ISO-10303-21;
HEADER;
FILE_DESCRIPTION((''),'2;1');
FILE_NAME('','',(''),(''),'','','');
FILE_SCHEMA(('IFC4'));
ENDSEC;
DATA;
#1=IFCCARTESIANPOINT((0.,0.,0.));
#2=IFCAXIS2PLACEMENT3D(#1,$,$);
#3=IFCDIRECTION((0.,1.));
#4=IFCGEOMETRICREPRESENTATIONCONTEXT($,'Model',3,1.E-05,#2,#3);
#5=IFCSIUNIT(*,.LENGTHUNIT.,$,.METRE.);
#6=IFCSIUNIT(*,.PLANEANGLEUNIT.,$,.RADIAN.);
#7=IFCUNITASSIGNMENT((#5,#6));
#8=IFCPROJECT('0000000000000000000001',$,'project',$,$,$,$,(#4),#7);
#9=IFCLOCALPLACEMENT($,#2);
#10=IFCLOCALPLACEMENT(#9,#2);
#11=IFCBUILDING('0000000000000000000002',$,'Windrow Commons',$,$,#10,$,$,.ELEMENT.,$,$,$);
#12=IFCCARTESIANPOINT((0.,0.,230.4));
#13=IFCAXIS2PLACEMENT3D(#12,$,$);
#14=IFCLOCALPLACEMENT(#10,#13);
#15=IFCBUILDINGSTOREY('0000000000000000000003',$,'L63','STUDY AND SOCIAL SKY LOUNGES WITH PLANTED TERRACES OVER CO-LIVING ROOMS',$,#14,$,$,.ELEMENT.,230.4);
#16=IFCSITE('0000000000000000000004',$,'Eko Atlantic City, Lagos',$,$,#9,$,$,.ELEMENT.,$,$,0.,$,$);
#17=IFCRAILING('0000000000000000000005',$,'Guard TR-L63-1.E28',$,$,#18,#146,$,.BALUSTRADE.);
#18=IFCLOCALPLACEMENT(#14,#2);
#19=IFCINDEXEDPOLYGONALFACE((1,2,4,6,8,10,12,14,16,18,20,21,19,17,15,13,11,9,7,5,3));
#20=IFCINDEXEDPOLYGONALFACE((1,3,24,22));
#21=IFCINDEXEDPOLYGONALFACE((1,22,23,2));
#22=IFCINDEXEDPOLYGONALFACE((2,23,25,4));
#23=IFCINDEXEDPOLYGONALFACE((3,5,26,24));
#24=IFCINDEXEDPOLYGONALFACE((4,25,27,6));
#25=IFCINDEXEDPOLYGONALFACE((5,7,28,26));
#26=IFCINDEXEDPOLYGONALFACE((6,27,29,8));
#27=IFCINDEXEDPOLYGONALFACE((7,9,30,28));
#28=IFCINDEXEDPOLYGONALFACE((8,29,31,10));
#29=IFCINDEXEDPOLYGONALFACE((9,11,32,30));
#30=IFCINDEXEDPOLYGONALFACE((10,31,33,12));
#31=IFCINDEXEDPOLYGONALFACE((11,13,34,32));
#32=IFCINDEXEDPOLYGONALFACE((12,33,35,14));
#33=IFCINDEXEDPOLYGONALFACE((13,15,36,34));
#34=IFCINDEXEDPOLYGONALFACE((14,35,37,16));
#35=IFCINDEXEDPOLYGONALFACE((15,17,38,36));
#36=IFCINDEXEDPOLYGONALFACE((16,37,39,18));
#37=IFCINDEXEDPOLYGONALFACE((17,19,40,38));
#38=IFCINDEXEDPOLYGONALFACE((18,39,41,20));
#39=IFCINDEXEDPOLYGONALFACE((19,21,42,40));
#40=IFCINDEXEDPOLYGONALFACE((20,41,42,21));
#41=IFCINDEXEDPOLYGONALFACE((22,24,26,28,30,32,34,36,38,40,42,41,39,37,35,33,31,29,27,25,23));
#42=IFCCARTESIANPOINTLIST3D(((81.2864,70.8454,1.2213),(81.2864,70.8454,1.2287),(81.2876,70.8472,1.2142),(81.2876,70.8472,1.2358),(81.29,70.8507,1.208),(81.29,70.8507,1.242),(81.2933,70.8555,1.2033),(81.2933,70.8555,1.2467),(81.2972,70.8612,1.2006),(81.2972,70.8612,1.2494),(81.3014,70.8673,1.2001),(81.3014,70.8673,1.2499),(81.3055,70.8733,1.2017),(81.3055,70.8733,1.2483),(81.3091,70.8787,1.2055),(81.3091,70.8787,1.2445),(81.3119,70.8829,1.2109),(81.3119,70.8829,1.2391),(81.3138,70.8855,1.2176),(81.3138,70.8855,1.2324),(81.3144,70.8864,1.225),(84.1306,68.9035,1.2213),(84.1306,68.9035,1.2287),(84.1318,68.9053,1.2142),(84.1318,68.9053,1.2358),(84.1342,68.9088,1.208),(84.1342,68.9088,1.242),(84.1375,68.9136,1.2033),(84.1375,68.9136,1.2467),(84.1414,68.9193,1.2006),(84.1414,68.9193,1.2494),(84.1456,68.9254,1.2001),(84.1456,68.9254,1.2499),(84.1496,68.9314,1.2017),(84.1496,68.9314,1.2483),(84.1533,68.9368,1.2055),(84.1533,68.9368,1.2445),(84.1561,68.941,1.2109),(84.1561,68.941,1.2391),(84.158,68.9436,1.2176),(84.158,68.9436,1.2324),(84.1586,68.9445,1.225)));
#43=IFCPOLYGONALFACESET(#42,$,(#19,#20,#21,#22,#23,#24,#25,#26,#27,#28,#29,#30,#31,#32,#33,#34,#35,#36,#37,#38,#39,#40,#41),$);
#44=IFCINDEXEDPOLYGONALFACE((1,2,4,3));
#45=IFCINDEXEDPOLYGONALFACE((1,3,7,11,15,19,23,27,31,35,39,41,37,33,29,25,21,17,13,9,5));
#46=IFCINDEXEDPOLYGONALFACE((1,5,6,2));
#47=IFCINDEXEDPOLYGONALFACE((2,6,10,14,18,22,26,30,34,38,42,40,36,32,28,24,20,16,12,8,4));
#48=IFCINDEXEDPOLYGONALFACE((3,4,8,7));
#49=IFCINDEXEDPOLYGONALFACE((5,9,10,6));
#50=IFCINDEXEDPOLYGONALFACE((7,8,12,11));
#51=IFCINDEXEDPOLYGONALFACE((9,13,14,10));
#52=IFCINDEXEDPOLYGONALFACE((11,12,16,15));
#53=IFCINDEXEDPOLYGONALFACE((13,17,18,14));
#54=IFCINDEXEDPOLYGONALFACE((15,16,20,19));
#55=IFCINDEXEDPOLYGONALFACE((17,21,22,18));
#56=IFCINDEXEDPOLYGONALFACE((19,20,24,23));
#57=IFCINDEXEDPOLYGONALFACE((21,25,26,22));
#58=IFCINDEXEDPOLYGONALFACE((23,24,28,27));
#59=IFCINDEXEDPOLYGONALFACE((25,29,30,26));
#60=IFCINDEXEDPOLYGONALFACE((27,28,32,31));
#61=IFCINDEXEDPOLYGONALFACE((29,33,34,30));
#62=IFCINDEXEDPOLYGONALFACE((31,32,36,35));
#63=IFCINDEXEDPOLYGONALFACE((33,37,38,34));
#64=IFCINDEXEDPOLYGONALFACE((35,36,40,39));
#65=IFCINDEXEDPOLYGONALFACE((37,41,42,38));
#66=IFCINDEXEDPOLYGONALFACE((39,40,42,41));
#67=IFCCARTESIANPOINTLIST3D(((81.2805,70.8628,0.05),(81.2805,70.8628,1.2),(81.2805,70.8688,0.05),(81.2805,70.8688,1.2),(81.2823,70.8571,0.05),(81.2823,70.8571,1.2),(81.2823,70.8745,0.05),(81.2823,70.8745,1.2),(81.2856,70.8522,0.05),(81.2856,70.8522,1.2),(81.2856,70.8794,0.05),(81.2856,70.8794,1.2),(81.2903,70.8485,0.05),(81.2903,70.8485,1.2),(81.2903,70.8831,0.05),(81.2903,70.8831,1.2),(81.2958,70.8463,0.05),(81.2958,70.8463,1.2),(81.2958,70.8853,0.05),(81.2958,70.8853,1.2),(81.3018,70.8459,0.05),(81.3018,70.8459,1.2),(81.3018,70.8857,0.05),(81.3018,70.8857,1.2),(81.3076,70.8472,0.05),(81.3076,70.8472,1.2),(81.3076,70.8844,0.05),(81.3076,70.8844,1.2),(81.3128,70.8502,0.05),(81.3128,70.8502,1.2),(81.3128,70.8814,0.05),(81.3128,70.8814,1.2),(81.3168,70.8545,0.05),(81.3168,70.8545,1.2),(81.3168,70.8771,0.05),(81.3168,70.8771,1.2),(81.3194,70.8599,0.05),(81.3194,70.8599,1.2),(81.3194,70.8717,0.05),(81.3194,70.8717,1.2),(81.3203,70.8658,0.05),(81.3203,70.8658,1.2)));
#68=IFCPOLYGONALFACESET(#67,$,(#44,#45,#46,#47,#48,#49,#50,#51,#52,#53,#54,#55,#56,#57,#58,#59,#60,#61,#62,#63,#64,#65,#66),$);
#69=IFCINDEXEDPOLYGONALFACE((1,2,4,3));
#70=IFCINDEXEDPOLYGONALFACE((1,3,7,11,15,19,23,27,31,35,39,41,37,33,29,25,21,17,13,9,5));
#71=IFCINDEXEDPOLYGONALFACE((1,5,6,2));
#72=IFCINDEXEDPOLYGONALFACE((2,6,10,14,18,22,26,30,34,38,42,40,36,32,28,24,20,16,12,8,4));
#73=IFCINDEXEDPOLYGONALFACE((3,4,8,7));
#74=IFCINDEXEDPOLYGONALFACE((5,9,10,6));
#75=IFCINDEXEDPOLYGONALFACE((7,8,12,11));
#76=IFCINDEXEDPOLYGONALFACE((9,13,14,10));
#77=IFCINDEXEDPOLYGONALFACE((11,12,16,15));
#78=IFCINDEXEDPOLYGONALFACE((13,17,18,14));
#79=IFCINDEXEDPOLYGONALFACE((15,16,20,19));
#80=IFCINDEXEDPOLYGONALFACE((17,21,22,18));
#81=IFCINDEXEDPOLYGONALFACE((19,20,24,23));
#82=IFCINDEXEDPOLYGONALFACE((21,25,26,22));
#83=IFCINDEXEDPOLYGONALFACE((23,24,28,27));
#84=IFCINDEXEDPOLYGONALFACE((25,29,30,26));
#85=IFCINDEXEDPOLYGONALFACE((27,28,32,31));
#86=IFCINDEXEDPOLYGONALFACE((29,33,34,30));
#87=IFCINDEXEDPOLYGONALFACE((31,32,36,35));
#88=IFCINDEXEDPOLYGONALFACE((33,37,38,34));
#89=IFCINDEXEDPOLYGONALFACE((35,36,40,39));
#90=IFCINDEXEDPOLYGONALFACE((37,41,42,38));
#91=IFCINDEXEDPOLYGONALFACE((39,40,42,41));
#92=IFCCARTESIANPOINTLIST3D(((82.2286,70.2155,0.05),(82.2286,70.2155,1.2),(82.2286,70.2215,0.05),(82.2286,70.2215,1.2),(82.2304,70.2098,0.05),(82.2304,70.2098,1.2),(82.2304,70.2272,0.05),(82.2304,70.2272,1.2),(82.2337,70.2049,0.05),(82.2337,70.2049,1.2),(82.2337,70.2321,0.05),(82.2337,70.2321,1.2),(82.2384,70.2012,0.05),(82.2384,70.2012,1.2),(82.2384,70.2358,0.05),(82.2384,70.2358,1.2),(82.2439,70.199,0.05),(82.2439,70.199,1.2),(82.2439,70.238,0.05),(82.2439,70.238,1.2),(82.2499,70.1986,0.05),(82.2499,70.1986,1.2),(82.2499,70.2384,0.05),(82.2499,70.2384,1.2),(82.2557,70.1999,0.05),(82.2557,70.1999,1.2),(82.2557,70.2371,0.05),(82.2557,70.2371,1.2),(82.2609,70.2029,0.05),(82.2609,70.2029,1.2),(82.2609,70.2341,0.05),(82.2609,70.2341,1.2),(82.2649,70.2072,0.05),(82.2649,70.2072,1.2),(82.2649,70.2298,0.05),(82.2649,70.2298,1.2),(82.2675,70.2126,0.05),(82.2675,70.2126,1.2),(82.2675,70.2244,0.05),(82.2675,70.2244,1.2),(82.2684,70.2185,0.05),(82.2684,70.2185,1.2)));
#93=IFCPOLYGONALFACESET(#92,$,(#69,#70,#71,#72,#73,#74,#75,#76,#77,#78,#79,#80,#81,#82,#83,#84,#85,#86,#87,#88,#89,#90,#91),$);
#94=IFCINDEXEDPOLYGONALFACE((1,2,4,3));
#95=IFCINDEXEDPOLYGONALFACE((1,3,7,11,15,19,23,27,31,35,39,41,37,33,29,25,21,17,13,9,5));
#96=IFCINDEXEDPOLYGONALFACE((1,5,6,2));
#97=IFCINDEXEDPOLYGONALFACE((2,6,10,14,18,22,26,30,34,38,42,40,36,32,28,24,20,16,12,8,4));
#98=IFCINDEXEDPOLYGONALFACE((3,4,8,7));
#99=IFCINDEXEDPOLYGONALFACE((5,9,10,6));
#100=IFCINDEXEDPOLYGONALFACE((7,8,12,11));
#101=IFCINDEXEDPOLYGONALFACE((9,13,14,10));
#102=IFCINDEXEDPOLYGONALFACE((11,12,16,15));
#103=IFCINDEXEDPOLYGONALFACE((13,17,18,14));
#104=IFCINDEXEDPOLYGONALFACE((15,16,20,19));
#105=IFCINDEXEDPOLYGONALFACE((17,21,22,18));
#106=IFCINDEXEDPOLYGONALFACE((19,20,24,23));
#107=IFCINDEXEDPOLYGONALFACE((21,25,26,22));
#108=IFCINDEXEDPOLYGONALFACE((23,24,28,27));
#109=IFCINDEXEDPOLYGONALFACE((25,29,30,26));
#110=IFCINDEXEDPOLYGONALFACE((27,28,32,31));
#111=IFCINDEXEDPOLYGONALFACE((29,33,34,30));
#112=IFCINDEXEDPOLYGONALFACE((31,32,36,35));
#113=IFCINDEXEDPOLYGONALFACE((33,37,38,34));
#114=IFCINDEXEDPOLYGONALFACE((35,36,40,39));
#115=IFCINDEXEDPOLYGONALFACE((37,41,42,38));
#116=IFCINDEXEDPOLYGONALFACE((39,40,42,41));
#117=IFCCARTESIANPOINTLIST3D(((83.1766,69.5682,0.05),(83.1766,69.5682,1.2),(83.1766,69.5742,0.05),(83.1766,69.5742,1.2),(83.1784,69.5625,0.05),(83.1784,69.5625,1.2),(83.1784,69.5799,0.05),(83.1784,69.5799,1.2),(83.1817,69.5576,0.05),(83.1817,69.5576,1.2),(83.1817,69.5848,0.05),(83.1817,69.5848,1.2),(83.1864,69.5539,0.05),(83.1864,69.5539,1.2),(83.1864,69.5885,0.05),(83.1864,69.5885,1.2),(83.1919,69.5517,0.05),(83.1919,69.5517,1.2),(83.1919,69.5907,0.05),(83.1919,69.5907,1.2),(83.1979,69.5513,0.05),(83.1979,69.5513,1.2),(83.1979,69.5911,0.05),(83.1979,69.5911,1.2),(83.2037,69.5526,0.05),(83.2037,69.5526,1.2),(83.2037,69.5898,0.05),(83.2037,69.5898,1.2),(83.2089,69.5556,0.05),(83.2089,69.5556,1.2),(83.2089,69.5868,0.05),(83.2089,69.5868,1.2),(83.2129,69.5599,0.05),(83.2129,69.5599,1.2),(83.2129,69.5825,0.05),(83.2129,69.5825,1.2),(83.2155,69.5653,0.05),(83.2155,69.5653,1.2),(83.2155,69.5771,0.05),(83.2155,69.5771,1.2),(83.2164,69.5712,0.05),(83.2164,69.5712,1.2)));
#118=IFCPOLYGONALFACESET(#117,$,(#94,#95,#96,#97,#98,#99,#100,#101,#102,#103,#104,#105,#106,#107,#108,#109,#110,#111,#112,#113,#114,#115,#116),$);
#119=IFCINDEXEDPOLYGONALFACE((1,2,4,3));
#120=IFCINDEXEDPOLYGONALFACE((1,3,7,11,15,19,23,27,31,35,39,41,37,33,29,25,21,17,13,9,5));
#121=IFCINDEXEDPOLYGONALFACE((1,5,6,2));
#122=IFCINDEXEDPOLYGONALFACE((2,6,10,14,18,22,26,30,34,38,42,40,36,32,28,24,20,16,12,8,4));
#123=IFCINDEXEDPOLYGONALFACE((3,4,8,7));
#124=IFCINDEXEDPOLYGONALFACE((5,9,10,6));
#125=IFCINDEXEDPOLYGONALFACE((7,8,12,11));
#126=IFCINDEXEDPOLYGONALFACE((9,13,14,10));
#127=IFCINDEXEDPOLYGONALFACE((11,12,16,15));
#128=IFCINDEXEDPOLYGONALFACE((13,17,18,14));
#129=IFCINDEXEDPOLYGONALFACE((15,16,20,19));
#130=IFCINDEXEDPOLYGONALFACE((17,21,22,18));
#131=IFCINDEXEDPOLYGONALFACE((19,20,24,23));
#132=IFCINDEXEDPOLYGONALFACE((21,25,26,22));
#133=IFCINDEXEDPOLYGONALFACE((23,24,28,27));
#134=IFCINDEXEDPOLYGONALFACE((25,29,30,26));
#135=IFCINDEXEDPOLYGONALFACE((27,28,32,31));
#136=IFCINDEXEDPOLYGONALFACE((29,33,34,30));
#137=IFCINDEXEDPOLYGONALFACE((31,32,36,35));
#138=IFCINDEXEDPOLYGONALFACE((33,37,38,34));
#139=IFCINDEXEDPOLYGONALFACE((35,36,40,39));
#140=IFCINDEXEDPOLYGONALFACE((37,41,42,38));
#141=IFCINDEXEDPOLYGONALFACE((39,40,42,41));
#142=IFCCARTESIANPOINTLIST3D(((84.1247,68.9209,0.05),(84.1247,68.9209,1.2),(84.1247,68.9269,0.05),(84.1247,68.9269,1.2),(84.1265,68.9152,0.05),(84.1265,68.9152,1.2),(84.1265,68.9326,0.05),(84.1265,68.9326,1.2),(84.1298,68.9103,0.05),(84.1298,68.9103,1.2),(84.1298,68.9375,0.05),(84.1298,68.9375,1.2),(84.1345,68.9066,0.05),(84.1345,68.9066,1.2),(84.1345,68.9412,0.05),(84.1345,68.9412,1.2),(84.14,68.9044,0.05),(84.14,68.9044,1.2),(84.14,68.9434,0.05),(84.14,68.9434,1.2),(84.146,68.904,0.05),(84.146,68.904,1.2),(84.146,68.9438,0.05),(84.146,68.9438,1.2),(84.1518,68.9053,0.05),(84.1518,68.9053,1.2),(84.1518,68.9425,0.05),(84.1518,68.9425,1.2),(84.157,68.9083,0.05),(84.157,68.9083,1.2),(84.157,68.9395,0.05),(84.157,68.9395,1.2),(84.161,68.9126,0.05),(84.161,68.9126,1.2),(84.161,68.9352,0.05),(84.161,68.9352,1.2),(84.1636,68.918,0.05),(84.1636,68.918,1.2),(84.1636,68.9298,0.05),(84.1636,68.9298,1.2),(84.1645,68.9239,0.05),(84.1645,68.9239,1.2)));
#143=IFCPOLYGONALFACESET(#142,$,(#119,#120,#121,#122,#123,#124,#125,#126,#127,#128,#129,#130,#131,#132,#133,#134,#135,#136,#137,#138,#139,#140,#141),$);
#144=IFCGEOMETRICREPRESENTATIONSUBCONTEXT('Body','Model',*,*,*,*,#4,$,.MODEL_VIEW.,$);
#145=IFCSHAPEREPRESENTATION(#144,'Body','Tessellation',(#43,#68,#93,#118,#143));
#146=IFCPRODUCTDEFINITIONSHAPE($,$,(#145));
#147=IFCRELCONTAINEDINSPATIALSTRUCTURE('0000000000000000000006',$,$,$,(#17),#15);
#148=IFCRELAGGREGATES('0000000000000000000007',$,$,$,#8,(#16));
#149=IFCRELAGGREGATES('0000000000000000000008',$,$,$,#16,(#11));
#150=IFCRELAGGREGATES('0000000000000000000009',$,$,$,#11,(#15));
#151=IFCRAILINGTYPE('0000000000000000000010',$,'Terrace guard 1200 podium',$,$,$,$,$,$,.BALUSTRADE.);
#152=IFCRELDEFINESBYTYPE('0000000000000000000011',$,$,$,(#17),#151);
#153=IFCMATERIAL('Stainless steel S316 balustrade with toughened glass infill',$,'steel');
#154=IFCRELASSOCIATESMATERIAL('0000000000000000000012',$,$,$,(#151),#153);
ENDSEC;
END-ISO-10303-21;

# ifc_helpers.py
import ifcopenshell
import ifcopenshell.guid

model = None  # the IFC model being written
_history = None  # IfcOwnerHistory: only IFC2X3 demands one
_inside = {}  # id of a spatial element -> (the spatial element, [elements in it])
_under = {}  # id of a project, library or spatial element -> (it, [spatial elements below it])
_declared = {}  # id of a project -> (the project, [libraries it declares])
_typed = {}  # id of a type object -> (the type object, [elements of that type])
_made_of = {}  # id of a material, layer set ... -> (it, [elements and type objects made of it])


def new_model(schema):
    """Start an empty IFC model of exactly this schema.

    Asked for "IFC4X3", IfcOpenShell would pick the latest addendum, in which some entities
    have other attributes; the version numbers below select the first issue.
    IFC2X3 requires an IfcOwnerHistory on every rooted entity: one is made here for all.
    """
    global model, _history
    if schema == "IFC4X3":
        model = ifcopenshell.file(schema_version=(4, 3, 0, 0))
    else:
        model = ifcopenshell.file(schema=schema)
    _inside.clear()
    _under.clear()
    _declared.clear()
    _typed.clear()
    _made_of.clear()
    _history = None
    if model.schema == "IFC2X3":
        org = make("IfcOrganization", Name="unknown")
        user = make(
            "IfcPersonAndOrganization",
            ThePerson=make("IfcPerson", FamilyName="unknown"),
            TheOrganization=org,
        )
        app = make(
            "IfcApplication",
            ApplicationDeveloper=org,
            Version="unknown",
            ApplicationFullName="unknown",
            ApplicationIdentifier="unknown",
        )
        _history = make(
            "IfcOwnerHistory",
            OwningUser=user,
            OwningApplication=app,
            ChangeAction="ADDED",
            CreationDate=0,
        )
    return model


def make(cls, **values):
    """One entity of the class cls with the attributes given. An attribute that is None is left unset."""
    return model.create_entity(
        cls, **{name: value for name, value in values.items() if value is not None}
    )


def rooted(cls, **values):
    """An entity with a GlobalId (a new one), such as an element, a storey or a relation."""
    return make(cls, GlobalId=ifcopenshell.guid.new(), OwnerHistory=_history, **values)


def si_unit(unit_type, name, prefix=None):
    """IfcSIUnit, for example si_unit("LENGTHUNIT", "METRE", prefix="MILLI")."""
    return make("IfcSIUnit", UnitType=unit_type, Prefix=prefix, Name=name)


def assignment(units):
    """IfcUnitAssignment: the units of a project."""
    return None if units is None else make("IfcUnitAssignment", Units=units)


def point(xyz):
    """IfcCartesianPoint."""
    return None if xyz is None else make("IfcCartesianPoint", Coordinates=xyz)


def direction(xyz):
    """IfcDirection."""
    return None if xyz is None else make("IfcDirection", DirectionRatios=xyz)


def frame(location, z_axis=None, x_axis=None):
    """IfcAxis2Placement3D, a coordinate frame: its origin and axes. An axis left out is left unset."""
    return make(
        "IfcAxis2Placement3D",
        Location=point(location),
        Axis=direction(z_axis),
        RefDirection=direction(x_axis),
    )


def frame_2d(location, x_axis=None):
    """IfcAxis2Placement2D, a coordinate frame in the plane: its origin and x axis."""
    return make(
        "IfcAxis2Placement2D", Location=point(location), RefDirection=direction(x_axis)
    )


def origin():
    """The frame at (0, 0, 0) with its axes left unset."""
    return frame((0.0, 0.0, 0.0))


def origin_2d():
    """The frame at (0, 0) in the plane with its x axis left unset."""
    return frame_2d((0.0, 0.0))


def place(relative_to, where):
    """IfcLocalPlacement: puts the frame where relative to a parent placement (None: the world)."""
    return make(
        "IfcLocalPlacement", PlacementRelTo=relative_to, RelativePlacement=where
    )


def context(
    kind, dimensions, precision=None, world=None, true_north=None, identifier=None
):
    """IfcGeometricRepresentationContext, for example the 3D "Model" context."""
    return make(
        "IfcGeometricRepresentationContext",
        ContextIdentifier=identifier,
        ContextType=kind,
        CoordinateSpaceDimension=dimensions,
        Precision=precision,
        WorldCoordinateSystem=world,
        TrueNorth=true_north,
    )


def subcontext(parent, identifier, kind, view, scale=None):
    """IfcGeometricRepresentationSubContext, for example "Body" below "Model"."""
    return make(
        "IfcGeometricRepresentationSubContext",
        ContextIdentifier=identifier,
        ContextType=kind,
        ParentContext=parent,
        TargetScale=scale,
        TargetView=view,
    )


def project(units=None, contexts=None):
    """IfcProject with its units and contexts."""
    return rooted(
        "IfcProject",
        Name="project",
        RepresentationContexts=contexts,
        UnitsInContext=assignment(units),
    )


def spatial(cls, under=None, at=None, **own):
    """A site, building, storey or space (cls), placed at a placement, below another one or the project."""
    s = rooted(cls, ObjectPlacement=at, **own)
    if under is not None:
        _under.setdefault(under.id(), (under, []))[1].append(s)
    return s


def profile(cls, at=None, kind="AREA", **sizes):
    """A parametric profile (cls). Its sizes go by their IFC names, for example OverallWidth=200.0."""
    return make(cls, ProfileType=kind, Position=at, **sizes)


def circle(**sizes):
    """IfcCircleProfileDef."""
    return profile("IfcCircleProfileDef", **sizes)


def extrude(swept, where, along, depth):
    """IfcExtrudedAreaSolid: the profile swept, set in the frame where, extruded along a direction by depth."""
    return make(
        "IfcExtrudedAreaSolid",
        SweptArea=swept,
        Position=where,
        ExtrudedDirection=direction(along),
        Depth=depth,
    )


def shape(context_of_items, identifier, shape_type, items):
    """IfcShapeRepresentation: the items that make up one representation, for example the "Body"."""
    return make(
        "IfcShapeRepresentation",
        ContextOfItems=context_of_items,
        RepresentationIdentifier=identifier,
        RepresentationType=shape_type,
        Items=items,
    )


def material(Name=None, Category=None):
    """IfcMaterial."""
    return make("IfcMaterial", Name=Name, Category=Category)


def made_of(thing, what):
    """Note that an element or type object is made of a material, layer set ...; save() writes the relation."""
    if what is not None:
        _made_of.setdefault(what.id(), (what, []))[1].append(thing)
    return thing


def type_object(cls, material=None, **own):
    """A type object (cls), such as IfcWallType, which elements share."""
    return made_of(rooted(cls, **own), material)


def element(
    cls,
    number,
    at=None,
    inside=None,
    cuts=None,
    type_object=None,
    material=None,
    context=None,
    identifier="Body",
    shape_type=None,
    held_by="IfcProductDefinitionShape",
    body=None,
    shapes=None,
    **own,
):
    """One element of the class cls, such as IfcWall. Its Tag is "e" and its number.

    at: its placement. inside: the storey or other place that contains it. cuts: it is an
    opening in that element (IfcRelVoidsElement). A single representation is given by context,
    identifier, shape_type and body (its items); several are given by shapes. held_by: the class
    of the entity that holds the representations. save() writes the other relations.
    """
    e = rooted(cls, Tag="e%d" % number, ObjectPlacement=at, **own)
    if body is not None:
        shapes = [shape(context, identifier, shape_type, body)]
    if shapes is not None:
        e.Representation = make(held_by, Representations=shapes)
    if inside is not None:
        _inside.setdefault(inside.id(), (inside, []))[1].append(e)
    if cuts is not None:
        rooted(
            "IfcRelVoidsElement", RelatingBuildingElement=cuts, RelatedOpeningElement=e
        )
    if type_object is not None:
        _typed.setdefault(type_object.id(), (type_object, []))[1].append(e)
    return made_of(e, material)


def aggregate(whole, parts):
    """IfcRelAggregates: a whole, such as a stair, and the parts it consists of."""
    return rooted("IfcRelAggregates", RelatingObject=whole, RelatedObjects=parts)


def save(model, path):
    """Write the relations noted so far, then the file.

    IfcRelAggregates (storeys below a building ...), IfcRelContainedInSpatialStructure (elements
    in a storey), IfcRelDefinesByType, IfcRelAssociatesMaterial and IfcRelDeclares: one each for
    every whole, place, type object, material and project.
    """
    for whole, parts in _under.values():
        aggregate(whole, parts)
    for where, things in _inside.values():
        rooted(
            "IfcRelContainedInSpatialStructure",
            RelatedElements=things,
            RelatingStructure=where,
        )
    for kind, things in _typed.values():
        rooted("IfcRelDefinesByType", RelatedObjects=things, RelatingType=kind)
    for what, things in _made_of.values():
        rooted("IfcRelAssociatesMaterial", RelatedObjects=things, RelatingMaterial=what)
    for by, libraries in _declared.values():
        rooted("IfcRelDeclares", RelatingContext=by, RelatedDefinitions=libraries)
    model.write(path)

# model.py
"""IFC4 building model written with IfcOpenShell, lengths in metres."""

from ifc_helpers import new_model, si_unit, direction, frame, origin, origin_2d, place, context, subcontext, project, spatial, circle, extrude, material, type_object, element, save


model = new_model("IFC4")

# Units and contexts
model_context = context("Model", 3, precision=1e-05, world=origin(), true_north=direction((0.0, 1.0)))
body_context = subcontext(model_context, "Body", "Model", "MODEL_VIEW")
ifc_project = project(units=[si_unit("LENGTHUNIT", "METRE"), si_unit("PLANEANGLEUNIT", "RADIAN")], contexts=[model_context])

# Site, building, storey
site_placement = place(None, origin())
site = spatial("IfcSite", under=ifc_project, at=site_placement, Name="Eko Atlantic City, Lagos", CompositionType="ELEMENT", RefElevation=0.0)
building_placement = place(site_placement, origin())
building = spatial("IfcBuilding", under=site, at=building_placement, Name="Windrow Commons", CompositionType="ELEMENT")
storey_placement = place(building_placement, frame((0.0, 0.0, 230.4)))
storey = spatial("IfcBuildingStorey", under=building, at=storey_placement, Name="L63", Description="STUDY AND SOCIAL SKY LOUNGES WITH PLANTED TERRACES OVER CO-LIVING ROOMS", CompositionType="ELEMENT", Elevation=230.4)

# Railing
ifc_material_1 = material(Name="Stainless steel S316 balustrade with toughened glass infill", Category="steel")
railing_type_1 = type_object("IfcRailingType", Name="Terrace guard 1200 podium", PredefinedType="BALUSTRADE", material=ifc_material_1)
railing_1_placement = place(storey_placement, frame((81.3003, 70.8658, 0.05)))
element("IfcRailing", 1, at=railing_1_placement, inside=storey, type_object=railing_type_1, Name="Guard TR-L63-1.E28", PredefinedType="BALUSTRADE", context=body_context, shape_type="SweptSolid", body=[
    extrude(circle(Radius=0.025, at=origin_2d()), frame((0.0, 0.0, 1.175), z_axis=(0.825866, -0.563866, 0.0), x_axis=(0.563866, 0.825866, 0.0)), (0.0, 0.0, 1.0), 3.4439),
    extrude(circle(Radius=0.02, at=origin_2d()), origin(), (0.0, 0.0, 1.0), 1.15),
    extrude(circle(Radius=0.02, at=origin_2d()), frame((0.9481, -0.6473, 0.0)), (0.0, 0.0, 1.0), 1.15),
    extrude(circle(Radius=0.02, at=origin_2d()), frame((1.8961, -1.2946, 0.0)), (0.0, 0.0, 1.0), 1.15),
    extrude(circle(Radius=0.02, at=origin_2d()), frame((2.8442, -1.9419, 0.0)), (0.0, 0.0, 1.0), 1.15),
])

save(model, "model.ifc")
